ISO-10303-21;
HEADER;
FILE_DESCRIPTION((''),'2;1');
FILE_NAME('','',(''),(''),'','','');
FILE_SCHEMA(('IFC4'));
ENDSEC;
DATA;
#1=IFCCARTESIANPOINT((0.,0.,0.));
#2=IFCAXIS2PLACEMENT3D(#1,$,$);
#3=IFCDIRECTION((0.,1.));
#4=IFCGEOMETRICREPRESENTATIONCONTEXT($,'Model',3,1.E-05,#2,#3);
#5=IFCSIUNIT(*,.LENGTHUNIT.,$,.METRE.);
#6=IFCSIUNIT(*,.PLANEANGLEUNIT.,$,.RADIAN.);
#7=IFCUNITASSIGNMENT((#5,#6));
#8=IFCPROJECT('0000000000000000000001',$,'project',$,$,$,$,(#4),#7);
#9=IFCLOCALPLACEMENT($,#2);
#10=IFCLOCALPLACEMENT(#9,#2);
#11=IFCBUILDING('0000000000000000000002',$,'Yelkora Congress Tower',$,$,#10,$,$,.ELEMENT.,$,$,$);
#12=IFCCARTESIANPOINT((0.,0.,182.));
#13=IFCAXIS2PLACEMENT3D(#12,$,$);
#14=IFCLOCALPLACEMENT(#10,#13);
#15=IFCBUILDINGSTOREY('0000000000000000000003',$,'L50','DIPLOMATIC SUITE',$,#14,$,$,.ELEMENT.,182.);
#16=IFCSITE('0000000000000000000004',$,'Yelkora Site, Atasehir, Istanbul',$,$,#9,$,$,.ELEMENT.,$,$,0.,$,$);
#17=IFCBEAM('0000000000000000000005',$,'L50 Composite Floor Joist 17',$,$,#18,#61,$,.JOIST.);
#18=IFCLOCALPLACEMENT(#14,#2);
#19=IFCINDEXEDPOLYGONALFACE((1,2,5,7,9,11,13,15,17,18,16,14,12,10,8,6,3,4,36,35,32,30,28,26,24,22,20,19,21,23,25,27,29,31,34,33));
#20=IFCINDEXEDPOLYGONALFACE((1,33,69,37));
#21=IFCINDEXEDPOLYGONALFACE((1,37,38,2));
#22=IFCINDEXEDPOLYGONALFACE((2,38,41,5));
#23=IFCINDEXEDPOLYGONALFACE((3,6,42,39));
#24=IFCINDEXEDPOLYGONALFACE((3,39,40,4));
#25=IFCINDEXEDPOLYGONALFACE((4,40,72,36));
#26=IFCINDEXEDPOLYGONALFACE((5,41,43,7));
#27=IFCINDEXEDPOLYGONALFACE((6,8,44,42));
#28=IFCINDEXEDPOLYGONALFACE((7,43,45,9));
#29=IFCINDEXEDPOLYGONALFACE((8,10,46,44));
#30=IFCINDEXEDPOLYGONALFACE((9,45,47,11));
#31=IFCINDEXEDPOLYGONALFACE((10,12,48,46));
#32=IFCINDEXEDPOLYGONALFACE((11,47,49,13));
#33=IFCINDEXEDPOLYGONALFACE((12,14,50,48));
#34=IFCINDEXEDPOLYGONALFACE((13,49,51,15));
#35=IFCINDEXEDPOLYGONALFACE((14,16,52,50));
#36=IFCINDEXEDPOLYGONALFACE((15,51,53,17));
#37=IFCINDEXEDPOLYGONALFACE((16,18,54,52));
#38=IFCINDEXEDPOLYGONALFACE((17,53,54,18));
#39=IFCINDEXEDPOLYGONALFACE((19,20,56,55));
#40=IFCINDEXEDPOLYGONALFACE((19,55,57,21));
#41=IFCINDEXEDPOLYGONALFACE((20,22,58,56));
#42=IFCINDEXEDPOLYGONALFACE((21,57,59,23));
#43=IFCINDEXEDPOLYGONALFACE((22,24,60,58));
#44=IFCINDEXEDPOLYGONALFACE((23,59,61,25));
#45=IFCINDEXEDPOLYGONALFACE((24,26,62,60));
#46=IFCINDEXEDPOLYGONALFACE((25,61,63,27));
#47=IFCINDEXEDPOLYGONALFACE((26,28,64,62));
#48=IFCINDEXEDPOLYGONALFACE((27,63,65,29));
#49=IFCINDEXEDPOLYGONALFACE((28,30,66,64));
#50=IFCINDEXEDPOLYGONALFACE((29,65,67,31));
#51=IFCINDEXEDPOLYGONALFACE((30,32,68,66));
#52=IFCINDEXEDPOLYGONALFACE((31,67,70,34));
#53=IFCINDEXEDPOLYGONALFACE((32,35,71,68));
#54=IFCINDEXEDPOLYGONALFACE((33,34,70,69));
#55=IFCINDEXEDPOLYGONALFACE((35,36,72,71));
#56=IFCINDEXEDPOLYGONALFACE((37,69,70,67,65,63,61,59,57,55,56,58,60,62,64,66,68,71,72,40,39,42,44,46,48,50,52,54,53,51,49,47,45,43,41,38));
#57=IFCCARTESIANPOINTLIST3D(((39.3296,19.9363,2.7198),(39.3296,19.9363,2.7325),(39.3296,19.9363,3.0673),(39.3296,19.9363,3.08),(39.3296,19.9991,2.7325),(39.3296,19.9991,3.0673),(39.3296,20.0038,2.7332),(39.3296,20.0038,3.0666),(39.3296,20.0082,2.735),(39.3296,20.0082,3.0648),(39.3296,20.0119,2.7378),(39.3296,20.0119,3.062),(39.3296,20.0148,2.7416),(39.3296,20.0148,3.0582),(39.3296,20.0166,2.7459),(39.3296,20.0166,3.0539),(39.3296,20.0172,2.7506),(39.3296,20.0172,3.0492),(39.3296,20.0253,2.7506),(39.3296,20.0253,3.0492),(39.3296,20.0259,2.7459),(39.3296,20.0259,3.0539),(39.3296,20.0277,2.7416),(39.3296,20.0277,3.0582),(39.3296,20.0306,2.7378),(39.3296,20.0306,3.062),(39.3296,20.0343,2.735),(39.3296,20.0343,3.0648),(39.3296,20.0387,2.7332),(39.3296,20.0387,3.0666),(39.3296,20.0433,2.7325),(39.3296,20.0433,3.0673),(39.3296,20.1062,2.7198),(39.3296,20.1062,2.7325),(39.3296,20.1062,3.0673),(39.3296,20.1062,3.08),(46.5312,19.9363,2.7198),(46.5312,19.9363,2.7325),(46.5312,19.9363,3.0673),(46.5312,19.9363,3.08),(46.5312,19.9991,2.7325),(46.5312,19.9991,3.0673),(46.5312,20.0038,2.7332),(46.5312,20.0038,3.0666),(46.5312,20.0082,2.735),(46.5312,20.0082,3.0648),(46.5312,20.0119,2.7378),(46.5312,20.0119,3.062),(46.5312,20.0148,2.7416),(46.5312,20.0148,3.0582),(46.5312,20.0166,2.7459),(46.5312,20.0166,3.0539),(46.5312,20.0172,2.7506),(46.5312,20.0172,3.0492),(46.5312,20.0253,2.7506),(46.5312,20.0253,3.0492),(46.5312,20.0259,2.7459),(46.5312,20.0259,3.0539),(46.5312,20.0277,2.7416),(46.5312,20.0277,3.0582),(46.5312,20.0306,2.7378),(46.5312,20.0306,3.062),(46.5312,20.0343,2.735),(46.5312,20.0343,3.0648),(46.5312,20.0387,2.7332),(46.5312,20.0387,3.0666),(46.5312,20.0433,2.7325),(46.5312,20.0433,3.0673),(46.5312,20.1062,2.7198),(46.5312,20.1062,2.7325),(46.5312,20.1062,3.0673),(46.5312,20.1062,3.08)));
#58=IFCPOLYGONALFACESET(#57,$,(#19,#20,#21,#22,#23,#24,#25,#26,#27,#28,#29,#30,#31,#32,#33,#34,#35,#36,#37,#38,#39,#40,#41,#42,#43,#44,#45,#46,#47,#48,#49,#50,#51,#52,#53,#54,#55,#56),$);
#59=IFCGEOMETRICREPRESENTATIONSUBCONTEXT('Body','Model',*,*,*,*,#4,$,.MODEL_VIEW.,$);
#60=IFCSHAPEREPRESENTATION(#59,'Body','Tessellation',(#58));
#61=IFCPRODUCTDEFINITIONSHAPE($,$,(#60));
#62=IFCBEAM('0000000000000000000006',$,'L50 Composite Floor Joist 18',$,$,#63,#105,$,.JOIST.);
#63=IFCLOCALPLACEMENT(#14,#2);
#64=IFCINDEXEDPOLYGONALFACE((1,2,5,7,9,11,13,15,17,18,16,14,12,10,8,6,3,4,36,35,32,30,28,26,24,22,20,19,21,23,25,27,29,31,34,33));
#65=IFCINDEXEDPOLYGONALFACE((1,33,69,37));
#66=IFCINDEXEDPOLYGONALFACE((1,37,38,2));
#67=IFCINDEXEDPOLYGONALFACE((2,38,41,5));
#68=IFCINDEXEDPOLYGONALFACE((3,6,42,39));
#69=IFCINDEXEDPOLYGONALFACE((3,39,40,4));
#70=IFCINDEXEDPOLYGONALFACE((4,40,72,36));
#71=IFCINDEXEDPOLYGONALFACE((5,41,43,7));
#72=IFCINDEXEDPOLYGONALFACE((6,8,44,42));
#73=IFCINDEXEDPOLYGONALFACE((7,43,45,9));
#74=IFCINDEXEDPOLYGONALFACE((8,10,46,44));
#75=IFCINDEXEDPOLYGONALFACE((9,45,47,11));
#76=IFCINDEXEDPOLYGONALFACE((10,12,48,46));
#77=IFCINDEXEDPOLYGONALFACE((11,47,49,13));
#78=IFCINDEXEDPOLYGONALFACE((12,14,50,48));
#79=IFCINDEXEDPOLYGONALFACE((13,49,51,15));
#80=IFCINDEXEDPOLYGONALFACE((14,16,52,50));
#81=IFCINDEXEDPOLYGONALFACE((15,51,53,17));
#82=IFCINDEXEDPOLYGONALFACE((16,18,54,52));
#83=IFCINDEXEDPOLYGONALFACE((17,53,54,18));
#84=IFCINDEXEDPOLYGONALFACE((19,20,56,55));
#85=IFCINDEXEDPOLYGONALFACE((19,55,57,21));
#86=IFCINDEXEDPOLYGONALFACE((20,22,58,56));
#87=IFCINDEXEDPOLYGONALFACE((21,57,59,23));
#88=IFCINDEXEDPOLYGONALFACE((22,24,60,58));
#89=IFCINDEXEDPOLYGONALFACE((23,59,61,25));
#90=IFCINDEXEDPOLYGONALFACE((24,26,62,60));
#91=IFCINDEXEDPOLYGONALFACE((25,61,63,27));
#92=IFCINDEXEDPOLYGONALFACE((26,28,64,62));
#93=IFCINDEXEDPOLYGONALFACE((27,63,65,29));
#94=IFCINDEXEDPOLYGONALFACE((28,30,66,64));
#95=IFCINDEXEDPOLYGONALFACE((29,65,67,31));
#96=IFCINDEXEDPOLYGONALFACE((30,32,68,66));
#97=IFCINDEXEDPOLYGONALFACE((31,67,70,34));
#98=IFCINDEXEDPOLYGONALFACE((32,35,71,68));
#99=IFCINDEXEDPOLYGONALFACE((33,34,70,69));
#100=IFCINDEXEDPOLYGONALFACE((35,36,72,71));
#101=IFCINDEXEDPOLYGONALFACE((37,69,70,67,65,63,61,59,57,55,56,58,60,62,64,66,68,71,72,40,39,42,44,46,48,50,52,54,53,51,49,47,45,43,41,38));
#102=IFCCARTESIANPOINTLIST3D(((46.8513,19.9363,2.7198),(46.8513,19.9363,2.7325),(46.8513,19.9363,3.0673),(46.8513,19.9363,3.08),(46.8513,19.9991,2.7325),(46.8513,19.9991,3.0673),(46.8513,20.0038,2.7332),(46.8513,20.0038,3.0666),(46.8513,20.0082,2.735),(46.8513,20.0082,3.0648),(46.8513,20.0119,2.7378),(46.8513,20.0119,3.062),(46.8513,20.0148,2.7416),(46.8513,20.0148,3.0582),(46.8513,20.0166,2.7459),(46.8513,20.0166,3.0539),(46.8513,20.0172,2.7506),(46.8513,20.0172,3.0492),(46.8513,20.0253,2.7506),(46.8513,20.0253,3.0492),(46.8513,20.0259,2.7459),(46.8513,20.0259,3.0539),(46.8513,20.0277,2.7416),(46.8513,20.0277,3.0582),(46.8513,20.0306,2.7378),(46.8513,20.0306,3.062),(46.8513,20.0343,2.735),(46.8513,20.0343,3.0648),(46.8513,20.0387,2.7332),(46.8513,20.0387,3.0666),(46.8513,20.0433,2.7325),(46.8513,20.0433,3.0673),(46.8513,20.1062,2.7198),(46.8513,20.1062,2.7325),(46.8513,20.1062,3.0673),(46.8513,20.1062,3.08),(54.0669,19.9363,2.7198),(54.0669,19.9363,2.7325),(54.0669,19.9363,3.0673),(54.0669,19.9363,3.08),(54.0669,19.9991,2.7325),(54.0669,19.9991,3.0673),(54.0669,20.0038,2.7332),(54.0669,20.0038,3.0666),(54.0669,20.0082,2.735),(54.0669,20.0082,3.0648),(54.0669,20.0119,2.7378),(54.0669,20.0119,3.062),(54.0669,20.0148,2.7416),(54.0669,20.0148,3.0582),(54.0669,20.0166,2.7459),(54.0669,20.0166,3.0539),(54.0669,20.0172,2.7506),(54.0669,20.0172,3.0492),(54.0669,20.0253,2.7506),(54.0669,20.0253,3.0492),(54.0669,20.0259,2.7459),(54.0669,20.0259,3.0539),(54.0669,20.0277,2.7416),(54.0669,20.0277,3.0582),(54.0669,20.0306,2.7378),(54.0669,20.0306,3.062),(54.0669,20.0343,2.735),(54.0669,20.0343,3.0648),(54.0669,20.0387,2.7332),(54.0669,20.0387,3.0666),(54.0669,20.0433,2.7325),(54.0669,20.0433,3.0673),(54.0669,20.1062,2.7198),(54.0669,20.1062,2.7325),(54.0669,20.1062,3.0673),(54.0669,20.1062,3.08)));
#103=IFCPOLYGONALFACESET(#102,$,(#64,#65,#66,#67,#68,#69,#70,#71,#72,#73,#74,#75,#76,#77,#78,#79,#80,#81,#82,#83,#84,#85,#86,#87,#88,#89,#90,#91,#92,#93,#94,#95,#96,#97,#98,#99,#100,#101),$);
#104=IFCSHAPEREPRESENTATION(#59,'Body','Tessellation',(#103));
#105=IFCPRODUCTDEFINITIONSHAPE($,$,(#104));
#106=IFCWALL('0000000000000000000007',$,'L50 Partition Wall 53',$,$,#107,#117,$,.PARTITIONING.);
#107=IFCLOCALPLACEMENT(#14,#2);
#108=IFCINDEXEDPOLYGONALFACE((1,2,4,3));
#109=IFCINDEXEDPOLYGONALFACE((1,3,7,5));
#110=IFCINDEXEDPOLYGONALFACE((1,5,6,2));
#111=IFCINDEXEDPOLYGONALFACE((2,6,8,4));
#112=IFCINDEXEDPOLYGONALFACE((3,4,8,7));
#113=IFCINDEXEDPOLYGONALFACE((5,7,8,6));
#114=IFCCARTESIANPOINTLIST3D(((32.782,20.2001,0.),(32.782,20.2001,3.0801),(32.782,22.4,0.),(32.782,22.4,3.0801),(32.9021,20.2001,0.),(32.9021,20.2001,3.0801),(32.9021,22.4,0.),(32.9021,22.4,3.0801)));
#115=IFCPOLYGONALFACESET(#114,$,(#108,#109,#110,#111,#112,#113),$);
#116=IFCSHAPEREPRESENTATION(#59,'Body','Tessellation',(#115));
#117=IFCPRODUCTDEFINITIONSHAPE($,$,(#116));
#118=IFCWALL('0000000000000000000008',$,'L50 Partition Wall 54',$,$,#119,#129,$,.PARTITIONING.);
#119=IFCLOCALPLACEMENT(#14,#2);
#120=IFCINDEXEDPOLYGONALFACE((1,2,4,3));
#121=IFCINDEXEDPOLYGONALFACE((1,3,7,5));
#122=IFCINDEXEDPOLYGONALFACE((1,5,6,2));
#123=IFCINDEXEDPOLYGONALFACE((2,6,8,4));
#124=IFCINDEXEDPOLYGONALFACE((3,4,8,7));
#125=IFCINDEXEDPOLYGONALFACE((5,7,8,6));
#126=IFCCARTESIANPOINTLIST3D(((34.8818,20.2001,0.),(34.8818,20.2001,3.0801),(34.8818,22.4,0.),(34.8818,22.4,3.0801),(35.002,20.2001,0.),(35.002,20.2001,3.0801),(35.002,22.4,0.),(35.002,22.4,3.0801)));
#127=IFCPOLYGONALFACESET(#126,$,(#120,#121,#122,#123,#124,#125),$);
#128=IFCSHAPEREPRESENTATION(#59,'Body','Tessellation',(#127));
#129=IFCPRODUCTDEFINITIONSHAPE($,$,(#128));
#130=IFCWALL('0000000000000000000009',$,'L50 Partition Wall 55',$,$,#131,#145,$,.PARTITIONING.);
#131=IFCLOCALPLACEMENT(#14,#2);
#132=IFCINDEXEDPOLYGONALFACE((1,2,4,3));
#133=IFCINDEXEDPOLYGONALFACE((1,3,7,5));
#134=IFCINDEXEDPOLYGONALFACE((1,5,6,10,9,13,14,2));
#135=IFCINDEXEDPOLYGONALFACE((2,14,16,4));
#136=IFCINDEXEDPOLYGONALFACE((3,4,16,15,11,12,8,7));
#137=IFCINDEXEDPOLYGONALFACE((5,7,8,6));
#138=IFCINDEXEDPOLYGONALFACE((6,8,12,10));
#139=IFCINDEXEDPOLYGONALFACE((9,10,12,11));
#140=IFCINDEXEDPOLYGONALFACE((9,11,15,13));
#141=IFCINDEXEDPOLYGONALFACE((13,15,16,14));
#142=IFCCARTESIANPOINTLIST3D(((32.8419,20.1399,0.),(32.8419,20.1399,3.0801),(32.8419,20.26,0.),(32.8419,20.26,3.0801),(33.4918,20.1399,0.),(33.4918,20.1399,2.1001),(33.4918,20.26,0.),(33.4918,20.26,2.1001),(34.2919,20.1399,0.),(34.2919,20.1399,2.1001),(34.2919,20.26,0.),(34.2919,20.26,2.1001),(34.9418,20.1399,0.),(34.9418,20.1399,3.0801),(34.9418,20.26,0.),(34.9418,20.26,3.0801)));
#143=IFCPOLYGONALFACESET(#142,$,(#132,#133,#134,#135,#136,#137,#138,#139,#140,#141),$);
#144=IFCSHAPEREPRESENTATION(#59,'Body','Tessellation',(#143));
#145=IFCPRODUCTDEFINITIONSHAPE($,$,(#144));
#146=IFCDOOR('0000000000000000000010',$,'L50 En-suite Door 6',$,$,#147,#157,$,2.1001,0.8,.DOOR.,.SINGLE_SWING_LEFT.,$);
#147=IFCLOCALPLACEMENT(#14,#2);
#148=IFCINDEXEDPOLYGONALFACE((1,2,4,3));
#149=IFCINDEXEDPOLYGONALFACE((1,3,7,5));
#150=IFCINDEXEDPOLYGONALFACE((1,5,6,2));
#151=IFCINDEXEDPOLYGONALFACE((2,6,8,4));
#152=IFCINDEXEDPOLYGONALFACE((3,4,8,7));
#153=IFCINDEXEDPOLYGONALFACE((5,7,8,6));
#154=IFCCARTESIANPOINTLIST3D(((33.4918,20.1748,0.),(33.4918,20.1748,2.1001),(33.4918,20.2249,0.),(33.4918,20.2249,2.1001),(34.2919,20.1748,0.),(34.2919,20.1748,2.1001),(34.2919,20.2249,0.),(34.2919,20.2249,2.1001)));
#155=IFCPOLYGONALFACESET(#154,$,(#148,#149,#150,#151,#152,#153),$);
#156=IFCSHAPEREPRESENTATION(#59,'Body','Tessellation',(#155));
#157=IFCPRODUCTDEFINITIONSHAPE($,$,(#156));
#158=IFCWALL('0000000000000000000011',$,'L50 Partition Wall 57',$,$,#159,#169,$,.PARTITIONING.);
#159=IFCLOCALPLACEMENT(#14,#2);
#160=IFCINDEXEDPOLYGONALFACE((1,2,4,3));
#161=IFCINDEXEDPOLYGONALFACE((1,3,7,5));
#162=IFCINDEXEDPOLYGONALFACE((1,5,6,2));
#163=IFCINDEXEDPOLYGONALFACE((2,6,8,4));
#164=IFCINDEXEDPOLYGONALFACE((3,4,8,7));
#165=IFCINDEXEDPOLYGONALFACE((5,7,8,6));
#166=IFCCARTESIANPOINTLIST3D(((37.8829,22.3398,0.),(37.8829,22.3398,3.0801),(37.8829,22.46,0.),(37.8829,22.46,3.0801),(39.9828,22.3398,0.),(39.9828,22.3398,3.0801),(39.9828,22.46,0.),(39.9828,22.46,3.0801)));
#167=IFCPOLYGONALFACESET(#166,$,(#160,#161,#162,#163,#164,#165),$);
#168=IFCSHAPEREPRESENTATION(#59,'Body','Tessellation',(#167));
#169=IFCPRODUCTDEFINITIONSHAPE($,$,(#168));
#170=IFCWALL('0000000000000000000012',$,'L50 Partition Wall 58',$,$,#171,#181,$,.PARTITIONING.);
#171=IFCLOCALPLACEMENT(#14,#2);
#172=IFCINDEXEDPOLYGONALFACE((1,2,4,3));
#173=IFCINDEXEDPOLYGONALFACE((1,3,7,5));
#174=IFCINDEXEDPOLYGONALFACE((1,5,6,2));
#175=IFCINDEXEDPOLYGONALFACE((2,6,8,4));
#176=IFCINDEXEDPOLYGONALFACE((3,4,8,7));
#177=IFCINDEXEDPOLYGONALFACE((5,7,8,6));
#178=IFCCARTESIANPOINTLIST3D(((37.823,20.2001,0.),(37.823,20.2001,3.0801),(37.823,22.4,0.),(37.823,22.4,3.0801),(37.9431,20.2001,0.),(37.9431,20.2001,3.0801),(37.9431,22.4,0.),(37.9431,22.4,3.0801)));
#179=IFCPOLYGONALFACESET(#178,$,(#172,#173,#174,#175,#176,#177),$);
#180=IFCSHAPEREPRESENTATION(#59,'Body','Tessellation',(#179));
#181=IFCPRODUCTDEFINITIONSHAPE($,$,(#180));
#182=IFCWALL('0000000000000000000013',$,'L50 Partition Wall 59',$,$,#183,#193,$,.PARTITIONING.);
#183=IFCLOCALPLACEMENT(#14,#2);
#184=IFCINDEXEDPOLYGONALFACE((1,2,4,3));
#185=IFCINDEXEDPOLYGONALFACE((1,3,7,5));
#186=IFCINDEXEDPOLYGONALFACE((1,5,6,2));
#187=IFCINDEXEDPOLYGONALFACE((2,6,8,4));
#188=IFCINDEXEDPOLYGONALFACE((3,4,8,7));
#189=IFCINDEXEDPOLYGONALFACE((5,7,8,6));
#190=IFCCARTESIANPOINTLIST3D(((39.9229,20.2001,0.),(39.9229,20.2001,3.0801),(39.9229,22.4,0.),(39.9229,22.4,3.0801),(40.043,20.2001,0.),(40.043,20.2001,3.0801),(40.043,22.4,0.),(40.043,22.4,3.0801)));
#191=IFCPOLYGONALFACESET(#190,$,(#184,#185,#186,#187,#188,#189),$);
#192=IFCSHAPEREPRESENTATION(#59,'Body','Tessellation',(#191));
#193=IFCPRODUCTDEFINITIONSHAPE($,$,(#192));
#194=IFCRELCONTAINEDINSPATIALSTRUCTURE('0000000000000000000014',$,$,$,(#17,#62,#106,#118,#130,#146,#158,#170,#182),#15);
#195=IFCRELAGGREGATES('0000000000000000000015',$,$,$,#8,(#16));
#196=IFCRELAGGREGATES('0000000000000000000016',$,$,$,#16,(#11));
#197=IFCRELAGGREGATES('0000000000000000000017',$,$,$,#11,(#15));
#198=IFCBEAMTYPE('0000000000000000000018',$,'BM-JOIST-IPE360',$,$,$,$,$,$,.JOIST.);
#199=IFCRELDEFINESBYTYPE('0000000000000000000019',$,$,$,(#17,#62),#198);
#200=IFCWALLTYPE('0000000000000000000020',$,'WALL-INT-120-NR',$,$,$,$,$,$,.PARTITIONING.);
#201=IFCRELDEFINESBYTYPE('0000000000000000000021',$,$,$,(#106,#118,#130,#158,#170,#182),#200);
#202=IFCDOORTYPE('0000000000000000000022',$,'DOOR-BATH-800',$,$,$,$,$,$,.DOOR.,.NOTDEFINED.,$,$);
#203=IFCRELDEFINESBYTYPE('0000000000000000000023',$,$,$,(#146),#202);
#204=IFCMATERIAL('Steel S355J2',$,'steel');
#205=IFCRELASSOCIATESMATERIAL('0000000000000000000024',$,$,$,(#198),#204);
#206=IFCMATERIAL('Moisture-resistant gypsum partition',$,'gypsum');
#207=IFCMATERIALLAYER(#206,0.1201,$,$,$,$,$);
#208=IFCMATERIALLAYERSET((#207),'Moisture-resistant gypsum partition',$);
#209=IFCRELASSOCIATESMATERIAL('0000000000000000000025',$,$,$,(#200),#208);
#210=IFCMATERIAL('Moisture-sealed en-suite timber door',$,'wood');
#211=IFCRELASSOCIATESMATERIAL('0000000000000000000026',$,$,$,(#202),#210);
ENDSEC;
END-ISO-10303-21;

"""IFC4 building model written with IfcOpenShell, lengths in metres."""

from ifc_helpers import new_model, si_unit, direction, frame, frame_2d, origin, origin_2d, place, context, subcontext, project, spatial, rectangle, i_section, extrude, material, layer, layer_set, material_profile, profile_set, type_object, element, fill, save


model = new_model("IFC4")

# Units and contexts
model_context = context("Model", 3, precision=1e-05, world=origin(), true_north=direction((0.0, 1.0)))
body_context = subcontext(model_context, "Body", "Model", "MODEL_VIEW")
ifc_project = project(units=[si_unit("LENGTHUNIT", "METRE"), si_unit("PLANEANGLEUNIT", "RADIAN")], contexts=[model_context])

# Site, building, storey
site_placement = place(None, origin())
site = spatial("IfcSite", under=ifc_project, at=site_placement, Name="Yelkora Site, Atasehir, Istanbul", CompositionType="ELEMENT", RefElevation=0.0)
building_placement = place(site_placement, origin())
building = spatial("IfcBuilding", under=site, at=building_placement, Name="Yelkora Congress Tower", CompositionType="ELEMENT")
storey_placement = place(building_placement, frame((0.0, 0.0, 182.0)))
storey = spatial("IfcBuildingStorey", under=building, at=storey_placement, Name="L50", Description="DIPLOMATIC SUITE", CompositionType="ELEMENT", Elevation=182.0)

# Beams
ifc_material_1 = material(Name="Steel S355J2", Category="steel")
ifc_material_profile_1 = material_profile(ifc_material_1, i_section(OverallWidth=0.1699, OverallDepth=0.3601, WebThickness=0.0081, FlangeThickness=0.0127, FilletRadius=0.0181, at=origin_2d()), Name="IPE 360")
ifc_profile_set_1 = profile_set([ifc_material_profile_1], Name="Steel S355J2")
beam_type_1 = type_object("IfcBeamType", Name="BM-JOIST-IPE360", PredefinedType="JOIST", material=ifc_profile_set_1)
beam_1_placement = place(storey_placement, frame((39.3296, 20.0212, 2.8999), z_axis=(1.0, 0.0, 0.0), x_axis=(0.0, 1.0, 0.0)))
element("IfcBeam", 1, at=beam_1_placement, inside=storey, type_object=beam_type_1, Name="L50 Composite Floor Joist 17", PredefinedType="JOIST", context=body_context, shape_type="SweptSolid", body=[
    extrude(i_section(OverallWidth=0.1699, OverallDepth=0.3601, WebThickness=0.0081, FlangeThickness=0.0127, FilletRadius=0.0181, at=origin_2d()), origin(), (0.0, 0.0, 1.0), 7.2017),
])
beam_2_placement = place(storey_placement, frame((46.8513, 20.0212, 2.8999), z_axis=(1.0, 0.0, 0.0), x_axis=(0.0, 1.0, 0.0)))
element("IfcBeam", 2, at=beam_2_placement, inside=storey, type_object=beam_type_1, Name="L50 Composite Floor Joist 18", PredefinedType="JOIST", context=body_context, shape_type="SweptSolid", body=[
    extrude(i_section(OverallWidth=0.1699, OverallDepth=0.3601, WebThickness=0.0081, FlangeThickness=0.0127, FilletRadius=0.0181, at=origin_2d()), origin(), (0.0, 0.0, 1.0), 7.2156),
])

# Walls
ifc_material_2 = material(Name="Moisture-resistant gypsum partition", Category="gypsum")
ifc_layer_1 = layer(ifc_material_2, 0.1201)
ifc_layer_set_1 = layer_set([ifc_layer_1], Name="Moisture-resistant gypsum partition")
wall_type_1 = type_object("IfcWallType", Name="WALL-INT-120-NR", PredefinedType="PARTITIONING", material=ifc_layer_set_1)
for number, where, z_axis, x_axis, name in (
    (3, (32.842, 20.2, 0.0), (0.0, 0.0, 1.0), (0.0, 1.0, 0.0), "L50 Partition Wall 53"),
    (4, (34.9419, 20.2, 0.0), (0.0, 0.0, 1.0), (0.0, 1.0, 0.0), "L50 Partition Wall 54"),
):
    element("IfcWall", number, at=place(storey_placement, frame(where, z_axis=z_axis, x_axis=x_axis)), inside=storey, type_object=wall_type_1, Name=name, PredefinedType="PARTITIONING", context=body_context, shape_type="SweptSolid", body=[
        extrude(rectangle(XDim=2.2, YDim=0.1201, at=frame_2d((1.1001, 0.0))), origin(), (0.0, 0.0, 1.0), 3.0801),
    ])

# Wall, opening, door
wall_1_placement = place(storey_placement, frame((32.842, 20.2, 0.0), z_axis=(0.0, 0.0, 1.0), x_axis=(1.0, 0.0, 0.0)))
wall_1 = element("IfcWall", 5, at=wall_1_placement, inside=storey, type_object=wall_type_1, Name="L50 Partition Wall 55", PredefinedType="PARTITIONING", context=body_context, shape_type="SweptSolid", body=[
    extrude(rectangle(XDim=2.0999, YDim=0.1201, at=frame_2d((1.0498, 0.0))), origin(), (0.0, 0.0, 1.0), 3.0801),
])
opening_1_placement = place(wall_1_placement, frame((0.6499, 0.0, 0.0)))
opening_1 = element("IfcOpeningElement", 6, at=opening_1_placement, cuts=wall_1, PredefinedType="OPENING", context=body_context, shape_type="SweptSolid", body=[
    extrude(rectangle(XDim=0.8, YDim=2.1001, at=frame_2d((0.3999, 1.05))), frame((0.0, 0.0701, 0.0), z_axis=(0.0, -1.0, 0.0), x_axis=(1.0, 0.0, 0.0)), (0.0, 0.0, 1.0), 0.1401),
])
ifc_material_3 = material(Name="Moisture-sealed en-suite timber door", Category="wood")
door_type = type_object("IfcDoorType", Name="DOOR-BATH-800", OperationType="NOTDEFINED", PredefinedType="DOOR", material=ifc_material_3)
door_1_placement = place(opening_1_placement, origin())
door_1 = element("IfcDoor", 7, at=door_1_placement, inside=storey, type_object=door_type, Name="L50 En-suite Door 6", OperationType="SINGLE_SWING_LEFT", OverallHeight=2.1001, OverallWidth=0.8, PredefinedType="DOOR", context=body_context, shape_type="SweptSolid", body=[
    extrude(rectangle(XDim=0.8, YDim=2.1001, at=frame_2d((0.3999, 1.05))), frame((0.0, 0.0249, 0.0), z_axis=(0.0, -1.0, 0.0), x_axis=(1.0, 0.0, 0.0)), (0.0, 0.0, 1.0), 0.05),
])
fill(opening_1, door_1)

# Walls
wall_2_placement = place(storey_placement, frame((37.8831, 22.3999, 0.0), z_axis=(0.0, 0.0, 1.0), x_axis=(1.0, 0.0, 0.0)))
element("IfcWall", 8, at=wall_2_placement, inside=storey, type_object=wall_type_1, Name="L50 Partition Wall 57", PredefinedType="PARTITIONING", context=body_context, shape_type="SweptSolid", body=[
    extrude(rectangle(XDim=2.0999, YDim=0.1201, at=frame_2d((1.0498, 0.0))), origin(), (0.0, 0.0, 1.0), 3.0801),
])
for number, where, z_axis, x_axis, name in (
    (9, (37.8831, 20.2, 0.0), (0.0, 0.0, 1.0), (0.0, 1.0, 0.0), "L50 Partition Wall 58"),
    (10, (39.9829, 20.2, 0.0), (0.0, 0.0, 1.0), (0.0, 1.0, 0.0), "L50 Partition Wall 59"),
):
    element("IfcWall", number, at=place(storey_placement, frame(where, z_axis=z_axis, x_axis=x_axis)), inside=storey, type_object=wall_type_1, Name=name, PredefinedType="PARTITIONING", context=body_context, shape_type="SweptSolid", body=[
        extrude(rectangle(XDim=2.2, YDim=0.1201, at=frame_2d((1.1001, 0.0))), origin(), (0.0, 0.0, 1.0), 3.0801),
    ])

save(model, "model.ifc")
